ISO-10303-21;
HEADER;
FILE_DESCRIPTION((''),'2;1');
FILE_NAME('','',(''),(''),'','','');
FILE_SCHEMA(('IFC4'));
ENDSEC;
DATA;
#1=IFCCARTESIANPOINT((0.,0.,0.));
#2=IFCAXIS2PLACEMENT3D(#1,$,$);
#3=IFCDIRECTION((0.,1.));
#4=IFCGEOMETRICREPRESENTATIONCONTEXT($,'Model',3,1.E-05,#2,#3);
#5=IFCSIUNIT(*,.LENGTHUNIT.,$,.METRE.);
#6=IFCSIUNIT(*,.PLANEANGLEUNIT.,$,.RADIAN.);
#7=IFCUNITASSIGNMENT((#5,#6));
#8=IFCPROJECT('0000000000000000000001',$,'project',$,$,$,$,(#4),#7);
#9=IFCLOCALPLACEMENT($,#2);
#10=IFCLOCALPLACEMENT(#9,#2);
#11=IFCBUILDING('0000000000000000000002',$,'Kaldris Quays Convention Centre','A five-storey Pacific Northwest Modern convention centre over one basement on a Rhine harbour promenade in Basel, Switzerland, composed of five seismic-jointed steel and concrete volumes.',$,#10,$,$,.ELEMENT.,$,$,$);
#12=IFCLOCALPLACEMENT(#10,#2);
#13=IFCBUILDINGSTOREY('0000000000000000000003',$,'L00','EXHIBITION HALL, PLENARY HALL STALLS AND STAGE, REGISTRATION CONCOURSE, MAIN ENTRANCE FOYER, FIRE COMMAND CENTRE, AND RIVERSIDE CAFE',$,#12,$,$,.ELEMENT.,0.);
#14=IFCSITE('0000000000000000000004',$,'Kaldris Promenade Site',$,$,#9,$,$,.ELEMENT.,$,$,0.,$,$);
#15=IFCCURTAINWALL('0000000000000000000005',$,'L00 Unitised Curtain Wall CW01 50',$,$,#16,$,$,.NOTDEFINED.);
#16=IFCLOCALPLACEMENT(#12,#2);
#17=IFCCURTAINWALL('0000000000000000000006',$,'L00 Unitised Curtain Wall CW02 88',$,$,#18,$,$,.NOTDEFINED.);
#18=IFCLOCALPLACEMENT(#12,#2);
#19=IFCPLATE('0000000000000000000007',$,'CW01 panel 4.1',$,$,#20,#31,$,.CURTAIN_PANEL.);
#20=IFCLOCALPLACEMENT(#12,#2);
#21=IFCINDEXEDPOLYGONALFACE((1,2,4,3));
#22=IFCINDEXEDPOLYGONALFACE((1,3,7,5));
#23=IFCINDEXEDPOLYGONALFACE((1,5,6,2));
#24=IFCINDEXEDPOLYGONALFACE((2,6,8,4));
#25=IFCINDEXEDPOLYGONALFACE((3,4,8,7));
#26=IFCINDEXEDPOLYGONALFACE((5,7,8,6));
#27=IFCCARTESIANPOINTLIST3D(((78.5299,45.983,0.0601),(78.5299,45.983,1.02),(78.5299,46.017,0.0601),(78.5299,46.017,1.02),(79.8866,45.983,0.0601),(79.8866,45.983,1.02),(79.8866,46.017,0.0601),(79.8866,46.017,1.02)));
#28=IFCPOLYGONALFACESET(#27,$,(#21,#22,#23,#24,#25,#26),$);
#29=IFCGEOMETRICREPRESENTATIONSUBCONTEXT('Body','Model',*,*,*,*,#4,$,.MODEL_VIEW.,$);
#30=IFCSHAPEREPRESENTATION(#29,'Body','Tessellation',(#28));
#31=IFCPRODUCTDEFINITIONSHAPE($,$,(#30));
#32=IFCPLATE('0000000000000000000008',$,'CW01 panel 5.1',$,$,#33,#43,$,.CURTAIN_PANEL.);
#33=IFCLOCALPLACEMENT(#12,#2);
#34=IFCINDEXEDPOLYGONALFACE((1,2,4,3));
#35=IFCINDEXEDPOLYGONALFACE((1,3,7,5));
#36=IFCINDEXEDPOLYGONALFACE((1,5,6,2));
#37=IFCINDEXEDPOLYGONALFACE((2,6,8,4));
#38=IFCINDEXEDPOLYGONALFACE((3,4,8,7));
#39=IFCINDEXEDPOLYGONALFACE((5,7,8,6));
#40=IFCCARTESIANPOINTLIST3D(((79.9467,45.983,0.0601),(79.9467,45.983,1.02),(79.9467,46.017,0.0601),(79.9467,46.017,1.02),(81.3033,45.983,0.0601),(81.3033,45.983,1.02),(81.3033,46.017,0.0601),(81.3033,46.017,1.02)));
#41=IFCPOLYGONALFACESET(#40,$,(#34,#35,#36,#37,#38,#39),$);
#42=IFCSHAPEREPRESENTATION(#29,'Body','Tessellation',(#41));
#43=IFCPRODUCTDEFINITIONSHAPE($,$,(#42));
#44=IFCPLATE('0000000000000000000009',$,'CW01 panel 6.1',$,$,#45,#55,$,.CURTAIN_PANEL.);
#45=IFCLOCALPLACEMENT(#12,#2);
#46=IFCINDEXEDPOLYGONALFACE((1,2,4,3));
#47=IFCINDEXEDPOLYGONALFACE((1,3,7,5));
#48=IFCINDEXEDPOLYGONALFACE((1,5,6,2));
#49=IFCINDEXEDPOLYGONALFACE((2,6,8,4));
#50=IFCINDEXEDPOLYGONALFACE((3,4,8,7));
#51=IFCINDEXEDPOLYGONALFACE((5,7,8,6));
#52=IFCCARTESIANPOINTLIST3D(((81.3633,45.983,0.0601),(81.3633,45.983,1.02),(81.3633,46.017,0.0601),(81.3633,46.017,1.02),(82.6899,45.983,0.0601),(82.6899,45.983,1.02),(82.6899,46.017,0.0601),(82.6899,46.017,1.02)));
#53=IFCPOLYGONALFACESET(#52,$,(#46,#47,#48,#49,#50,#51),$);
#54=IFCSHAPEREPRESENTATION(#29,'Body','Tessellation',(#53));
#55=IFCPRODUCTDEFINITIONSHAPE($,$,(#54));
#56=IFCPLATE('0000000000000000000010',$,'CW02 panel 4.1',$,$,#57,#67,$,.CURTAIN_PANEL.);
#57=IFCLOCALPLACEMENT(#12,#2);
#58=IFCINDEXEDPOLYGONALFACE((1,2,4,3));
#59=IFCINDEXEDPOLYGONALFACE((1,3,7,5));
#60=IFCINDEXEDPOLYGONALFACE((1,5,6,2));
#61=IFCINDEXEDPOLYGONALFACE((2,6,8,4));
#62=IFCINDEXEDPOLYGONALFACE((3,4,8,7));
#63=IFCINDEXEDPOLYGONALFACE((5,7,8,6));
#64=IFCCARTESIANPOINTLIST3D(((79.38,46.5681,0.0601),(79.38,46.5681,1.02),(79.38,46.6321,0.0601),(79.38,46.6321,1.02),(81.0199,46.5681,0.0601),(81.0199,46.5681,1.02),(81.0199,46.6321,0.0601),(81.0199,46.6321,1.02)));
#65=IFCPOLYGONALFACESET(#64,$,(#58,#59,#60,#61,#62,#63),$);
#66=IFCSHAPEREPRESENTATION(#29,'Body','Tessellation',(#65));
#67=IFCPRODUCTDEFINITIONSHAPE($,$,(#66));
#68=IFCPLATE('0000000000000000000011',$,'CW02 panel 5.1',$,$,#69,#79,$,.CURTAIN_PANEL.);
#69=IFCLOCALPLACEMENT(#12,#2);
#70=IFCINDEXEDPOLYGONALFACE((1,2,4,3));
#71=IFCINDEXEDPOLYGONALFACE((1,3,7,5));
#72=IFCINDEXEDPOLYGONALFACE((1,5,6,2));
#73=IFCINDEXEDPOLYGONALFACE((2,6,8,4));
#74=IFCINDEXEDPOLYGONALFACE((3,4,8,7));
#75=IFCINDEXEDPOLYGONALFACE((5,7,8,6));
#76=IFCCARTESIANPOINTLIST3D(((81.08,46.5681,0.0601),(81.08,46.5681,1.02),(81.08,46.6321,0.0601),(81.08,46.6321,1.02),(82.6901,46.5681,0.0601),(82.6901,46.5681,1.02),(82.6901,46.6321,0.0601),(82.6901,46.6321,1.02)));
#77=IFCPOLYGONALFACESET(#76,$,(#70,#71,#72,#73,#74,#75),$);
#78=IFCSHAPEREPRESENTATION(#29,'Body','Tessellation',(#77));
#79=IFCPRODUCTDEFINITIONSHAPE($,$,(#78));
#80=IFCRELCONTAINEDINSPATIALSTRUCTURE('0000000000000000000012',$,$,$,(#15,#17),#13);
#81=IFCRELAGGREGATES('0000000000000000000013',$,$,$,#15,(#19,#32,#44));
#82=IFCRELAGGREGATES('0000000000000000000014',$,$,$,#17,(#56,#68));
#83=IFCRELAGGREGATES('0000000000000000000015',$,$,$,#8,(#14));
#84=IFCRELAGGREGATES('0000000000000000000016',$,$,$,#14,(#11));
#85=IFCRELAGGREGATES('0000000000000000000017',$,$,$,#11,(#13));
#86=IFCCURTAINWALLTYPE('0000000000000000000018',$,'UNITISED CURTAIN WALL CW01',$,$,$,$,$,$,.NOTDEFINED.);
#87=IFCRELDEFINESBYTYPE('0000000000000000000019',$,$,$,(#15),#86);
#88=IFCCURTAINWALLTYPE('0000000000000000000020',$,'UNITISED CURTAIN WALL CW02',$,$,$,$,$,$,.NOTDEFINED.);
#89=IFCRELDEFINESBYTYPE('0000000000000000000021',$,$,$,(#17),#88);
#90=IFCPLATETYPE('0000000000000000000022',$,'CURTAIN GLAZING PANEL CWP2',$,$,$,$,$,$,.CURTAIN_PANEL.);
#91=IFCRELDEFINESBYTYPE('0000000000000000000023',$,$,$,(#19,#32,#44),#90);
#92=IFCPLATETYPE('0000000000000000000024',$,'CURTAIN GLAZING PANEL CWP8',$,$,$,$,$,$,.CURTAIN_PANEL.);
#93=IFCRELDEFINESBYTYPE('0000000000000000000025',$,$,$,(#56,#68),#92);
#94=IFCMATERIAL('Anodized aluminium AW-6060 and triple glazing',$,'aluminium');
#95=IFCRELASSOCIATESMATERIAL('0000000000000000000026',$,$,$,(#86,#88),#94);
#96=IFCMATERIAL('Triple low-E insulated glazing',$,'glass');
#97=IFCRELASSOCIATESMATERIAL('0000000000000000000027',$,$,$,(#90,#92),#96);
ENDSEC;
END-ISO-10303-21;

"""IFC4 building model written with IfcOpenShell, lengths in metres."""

from ifc_helpers import new_model, si_unit, direction, frame, origin, origin_2d, place, context, subcontext, project, spatial, rectangle, extrude, material, type_object, element, aggregate, save


model = new_model("IFC4")

# Units and contexts
model_context = context("Model", 3, precision=1e-05, world=origin(), true_north=direction((0.0, 1.0)))
body_context = subcontext(model_context, "Body", "Model", "MODEL_VIEW")
ifc_project = project(units=[si_unit("LENGTHUNIT", "METRE"), si_unit("PLANEANGLEUNIT", "RADIAN")], contexts=[model_context])

# Site, building, storey
site_placement = place(None, origin())
site = spatial("IfcSite", under=ifc_project, at=site_placement, Name="Kaldris Promenade Site", CompositionType="ELEMENT", RefElevation=0.0)
building_placement = place(site_placement, origin())
building = spatial("IfcBuilding", under=site, at=building_placement, Name="Kaldris Quays Convention Centre", Description="A five-storey Pacific Northwest Modern convention centre over one basement on a Rhine harbour promenade in Basel, Switzerland, composed of five seismic-jointed steel and concrete volumes.", CompositionType="ELEMENT")
storey_placement = place(building_placement, origin())
storey = spatial("IfcBuildingStorey", under=building, at=storey_placement, Name="L00", Description="EXHIBITION HALL, PLENARY HALL STALLS AND STAGE, REGISTRATION CONCOURSE, MAIN ENTRANCE FOYER, FIRE COMMAND CENTRE, AND RIVERSIDE CAFE", CompositionType="ELEMENT", Elevation=0.0)

# Curtain walls
ifc_material_1 = material(Name="Anodized aluminium AW-6060 and triple glazing", Category="aluminium")
curtain_wall_type_1 = type_object("IfcCurtainWallType", Name="UNITISED CURTAIN WALL CW01", PredefinedType="NOTDEFINED", material=ifc_material_1)
curtain_wall_1_placement = place(storey_placement, origin())
curtain_wall_1 = element("IfcCurtainWall", 1, at=curtain_wall_1_placement, inside=storey, type_object=curtain_wall_type_1, Name="L00 Unitised Curtain Wall CW01 50", PredefinedType="NOTDEFINED")
curtain_wall_type_2 = type_object("IfcCurtainWallType", Name="UNITISED CURTAIN WALL CW02", PredefinedType="NOTDEFINED", material=ifc_material_1)
curtain_wall_2_placement = place(storey_placement, origin())
curtain_wall_2 = element("IfcCurtainWall", 2, at=curtain_wall_2_placement, inside=storey, type_object=curtain_wall_type_2, Name="L00 Unitised Curtain Wall CW02 88", PredefinedType="NOTDEFINED")

# Plates
ifc_material_2 = material(Name="Triple low-E insulated glazing", Category="glass")
plate_type_1 = type_object("IfcPlateType", Name="CURTAIN GLAZING PANEL CWP2", PredefinedType="CURTAIN_PANEL", material=ifc_material_2)
plate_1_placement = place(storey_placement, frame((79.2083, 46.0, 0.0601), z_axis=(0.0, 0.0, 1.0), x_axis=(1.0, 0.0, 0.0)))
plate_1 = element("IfcPlate", 3, at=plate_1_placement, type_object=plate_type_1, Name="CW01 panel 4.1", PredefinedType="CURTAIN_PANEL", context=body_context, shape_type="SweptSolid", body=[
    extrude(rectangle(XDim=1.3567, YDim=0.0339, at=origin_2d()), origin(), (0.0, 0.0, 1.0), 0.96),
])
plate_2_placement = place(storey_placement, frame((80.625, 46.0, 0.0601), z_axis=(0.0, 0.0, 1.0), x_axis=(1.0, 0.0, 0.0)))
plate_2 = element("IfcPlate", 4, at=plate_2_placement, type_object=plate_type_1, Name="CW01 panel 5.1", PredefinedType="CURTAIN_PANEL", context=body_context, shape_type="SweptSolid", body=[
    extrude(rectangle(XDim=1.3567, YDim=0.0339, at=origin_2d()), origin(), (0.0, 0.0, 1.0), 0.96),
])
plate_3_placement = place(storey_placement, frame((82.0266, 46.0, 0.0601), z_axis=(0.0, 0.0, 1.0), x_axis=(1.0, 0.0, 0.0)))
plate_3 = element("IfcPlate", 5, at=plate_3_placement, type_object=plate_type_1, Name="CW01 panel 6.1", PredefinedType="CURTAIN_PANEL", context=body_context, shape_type="SweptSolid", body=[
    extrude(rectangle(XDim=1.3267, YDim=0.0339, at=origin_2d()), origin(), (0.0, 0.0, 1.0), 0.96),
])
aggregate(curtain_wall_1, [plate_1, plate_2, plate_3])
plate_type_2 = type_object("IfcPlateType", Name="CURTAIN GLAZING PANEL CWP8", PredefinedType="CURTAIN_PANEL", material=ifc_material_2)
plate_4_placement = place(storey_placement, frame((80.2, 46.6001, 0.0601), z_axis=(0.0, 0.0, 1.0), x_axis=(1.0, 0.0, 0.0)))
plate_4 = element("IfcPlate", 6, at=plate_4_placement, type_object=plate_type_2, Name="CW02 panel 4.1", PredefinedType="CURTAIN_PANEL", context=body_context, shape_type="SweptSolid", body=[
    extrude(rectangle(XDim=1.6399, YDim=0.064, at=origin_2d()), origin(), (0.0, 0.0, 1.0), 0.96),
])
plate_5_placement = place(storey_placement, frame((81.885, 46.6001, 0.0601), z_axis=(0.0, 0.0, 1.0), x_axis=(1.0, 0.0, 0.0)))
plate_5 = element("IfcPlate", 7, at=plate_5_placement, type_object=plate_type_2, Name="CW02 panel 5.1", PredefinedType="CURTAIN_PANEL", context=body_context, shape_type="SweptSolid", body=[
    extrude(rectangle(XDim=1.6101, YDim=0.064, at=origin_2d()), origin(), (0.0, 0.0, 1.0), 0.96),
])
aggregate(curtain_wall_2, [plate_4, plate_5])

save(model, "model.ifc")
